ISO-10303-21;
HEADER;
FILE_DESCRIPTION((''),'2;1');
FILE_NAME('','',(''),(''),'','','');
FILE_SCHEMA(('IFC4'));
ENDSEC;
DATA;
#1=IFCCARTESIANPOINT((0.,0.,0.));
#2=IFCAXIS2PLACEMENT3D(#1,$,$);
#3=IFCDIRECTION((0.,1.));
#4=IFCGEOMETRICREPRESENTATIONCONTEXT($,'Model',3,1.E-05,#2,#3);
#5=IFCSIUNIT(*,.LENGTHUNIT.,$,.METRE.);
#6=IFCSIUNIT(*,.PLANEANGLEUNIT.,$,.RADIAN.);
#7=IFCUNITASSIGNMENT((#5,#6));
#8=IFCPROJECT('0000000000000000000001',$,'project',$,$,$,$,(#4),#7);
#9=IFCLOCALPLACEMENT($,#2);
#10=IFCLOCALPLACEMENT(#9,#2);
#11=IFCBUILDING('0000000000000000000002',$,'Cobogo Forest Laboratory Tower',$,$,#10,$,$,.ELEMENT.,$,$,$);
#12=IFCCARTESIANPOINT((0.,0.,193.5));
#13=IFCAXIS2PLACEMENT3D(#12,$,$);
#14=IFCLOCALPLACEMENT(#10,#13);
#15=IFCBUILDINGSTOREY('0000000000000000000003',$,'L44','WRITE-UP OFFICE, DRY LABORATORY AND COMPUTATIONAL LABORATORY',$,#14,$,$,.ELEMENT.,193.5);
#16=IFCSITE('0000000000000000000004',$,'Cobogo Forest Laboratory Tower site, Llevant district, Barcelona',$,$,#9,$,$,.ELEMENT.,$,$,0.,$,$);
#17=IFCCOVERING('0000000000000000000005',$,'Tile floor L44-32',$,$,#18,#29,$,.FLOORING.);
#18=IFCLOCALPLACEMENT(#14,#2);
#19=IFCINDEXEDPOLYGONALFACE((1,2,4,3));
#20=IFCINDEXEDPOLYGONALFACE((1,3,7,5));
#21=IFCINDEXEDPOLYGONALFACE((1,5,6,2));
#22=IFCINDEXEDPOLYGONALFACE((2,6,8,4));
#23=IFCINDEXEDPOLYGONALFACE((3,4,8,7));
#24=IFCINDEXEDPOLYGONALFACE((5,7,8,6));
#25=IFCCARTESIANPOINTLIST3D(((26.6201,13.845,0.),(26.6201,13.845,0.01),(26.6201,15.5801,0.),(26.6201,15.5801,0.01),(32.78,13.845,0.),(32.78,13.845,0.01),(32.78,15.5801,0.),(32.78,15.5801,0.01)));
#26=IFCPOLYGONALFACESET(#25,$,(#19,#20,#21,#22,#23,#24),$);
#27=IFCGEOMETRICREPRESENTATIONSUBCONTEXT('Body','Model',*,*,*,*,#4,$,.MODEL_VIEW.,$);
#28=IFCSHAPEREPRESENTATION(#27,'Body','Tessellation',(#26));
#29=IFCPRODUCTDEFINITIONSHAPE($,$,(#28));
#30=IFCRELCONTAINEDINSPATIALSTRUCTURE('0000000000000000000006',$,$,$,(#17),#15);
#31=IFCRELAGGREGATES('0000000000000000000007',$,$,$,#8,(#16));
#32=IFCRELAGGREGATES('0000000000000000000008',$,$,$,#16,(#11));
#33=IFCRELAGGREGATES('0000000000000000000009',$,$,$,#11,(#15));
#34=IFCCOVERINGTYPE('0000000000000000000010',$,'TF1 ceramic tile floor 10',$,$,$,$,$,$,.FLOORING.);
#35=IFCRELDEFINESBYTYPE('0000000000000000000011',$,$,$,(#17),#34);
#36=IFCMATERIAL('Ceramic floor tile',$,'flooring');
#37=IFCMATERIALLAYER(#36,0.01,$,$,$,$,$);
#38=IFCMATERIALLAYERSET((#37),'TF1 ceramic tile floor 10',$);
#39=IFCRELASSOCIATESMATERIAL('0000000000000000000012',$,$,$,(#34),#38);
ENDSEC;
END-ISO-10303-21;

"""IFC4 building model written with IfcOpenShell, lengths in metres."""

from ifc_helpers import new_model, si_unit, direction, frame, origin, place, context, subcontext, project, spatial, polyline, outline, extrude, material, layer, layer_set, type_object, element, save


model = new_model("IFC4")

# Units and contexts
model_context = context("Model", 3, precision=1e-05, world=origin(), true_north=direction((0.0, 1.0)))
body_context = subcontext(model_context, "Body", "Model", "MODEL_VIEW")
ifc_project = project(units=[si_unit("LENGTHUNIT", "METRE"), si_unit("PLANEANGLEUNIT", "RADIAN")], contexts=[model_context])

# Site, building, storey
site_placement = place(None, origin())
site = spatial("IfcSite", under=ifc_project, at=site_placement, Name="Cobogo Forest Laboratory Tower site, Llevant district, Barcelona", CompositionType="ELEMENT", RefElevation=0.0)
building_placement = place(site_placement, origin())
building = spatial("IfcBuilding", under=site, at=building_placement, Name="Cobogo Forest Laboratory Tower", CompositionType="ELEMENT")
storey_placement = place(building_placement, frame((0.0, 0.0, 193.5)))
storey = spatial("IfcBuildingStorey", under=building, at=storey_placement, Name="L44", Description="WRITE-UP OFFICE, DRY LABORATORY AND COMPUTATIONAL LABORATORY", CompositionType="ELEMENT", Elevation=193.5)

# Covering
ifc_material_1 = material(Name="Ceramic floor tile", Category="flooring")
ifc_layer_1 = layer(ifc_material_1, 0.01)
ifc_layer_set_1 = layer_set([ifc_layer_1], Name="TF1 ceramic tile floor 10")
covering_type_1 = type_object("IfcCoveringType", Name="TF1 ceramic tile floor 10", PredefinedType="FLOORING", material=ifc_layer_set_1)
covering_1_placement = place(storey_placement, origin())
element("IfcCovering", 1, at=covering_1_placement, inside=storey, type_object=covering_type_1, Name="Tile floor L44-32", PredefinedType="FLOORING", context=body_context, shape_type="SweptSolid", body=[
    extrude(outline(polyline([(32.78, 13.845), (26.6201, 13.845), (26.6201, 15.5801), (32.78, 15.5801), (32.78, 13.845)])), origin(), (0.0, 0.0, 1.0), 0.01),
])

save(model, "model.ifc")
